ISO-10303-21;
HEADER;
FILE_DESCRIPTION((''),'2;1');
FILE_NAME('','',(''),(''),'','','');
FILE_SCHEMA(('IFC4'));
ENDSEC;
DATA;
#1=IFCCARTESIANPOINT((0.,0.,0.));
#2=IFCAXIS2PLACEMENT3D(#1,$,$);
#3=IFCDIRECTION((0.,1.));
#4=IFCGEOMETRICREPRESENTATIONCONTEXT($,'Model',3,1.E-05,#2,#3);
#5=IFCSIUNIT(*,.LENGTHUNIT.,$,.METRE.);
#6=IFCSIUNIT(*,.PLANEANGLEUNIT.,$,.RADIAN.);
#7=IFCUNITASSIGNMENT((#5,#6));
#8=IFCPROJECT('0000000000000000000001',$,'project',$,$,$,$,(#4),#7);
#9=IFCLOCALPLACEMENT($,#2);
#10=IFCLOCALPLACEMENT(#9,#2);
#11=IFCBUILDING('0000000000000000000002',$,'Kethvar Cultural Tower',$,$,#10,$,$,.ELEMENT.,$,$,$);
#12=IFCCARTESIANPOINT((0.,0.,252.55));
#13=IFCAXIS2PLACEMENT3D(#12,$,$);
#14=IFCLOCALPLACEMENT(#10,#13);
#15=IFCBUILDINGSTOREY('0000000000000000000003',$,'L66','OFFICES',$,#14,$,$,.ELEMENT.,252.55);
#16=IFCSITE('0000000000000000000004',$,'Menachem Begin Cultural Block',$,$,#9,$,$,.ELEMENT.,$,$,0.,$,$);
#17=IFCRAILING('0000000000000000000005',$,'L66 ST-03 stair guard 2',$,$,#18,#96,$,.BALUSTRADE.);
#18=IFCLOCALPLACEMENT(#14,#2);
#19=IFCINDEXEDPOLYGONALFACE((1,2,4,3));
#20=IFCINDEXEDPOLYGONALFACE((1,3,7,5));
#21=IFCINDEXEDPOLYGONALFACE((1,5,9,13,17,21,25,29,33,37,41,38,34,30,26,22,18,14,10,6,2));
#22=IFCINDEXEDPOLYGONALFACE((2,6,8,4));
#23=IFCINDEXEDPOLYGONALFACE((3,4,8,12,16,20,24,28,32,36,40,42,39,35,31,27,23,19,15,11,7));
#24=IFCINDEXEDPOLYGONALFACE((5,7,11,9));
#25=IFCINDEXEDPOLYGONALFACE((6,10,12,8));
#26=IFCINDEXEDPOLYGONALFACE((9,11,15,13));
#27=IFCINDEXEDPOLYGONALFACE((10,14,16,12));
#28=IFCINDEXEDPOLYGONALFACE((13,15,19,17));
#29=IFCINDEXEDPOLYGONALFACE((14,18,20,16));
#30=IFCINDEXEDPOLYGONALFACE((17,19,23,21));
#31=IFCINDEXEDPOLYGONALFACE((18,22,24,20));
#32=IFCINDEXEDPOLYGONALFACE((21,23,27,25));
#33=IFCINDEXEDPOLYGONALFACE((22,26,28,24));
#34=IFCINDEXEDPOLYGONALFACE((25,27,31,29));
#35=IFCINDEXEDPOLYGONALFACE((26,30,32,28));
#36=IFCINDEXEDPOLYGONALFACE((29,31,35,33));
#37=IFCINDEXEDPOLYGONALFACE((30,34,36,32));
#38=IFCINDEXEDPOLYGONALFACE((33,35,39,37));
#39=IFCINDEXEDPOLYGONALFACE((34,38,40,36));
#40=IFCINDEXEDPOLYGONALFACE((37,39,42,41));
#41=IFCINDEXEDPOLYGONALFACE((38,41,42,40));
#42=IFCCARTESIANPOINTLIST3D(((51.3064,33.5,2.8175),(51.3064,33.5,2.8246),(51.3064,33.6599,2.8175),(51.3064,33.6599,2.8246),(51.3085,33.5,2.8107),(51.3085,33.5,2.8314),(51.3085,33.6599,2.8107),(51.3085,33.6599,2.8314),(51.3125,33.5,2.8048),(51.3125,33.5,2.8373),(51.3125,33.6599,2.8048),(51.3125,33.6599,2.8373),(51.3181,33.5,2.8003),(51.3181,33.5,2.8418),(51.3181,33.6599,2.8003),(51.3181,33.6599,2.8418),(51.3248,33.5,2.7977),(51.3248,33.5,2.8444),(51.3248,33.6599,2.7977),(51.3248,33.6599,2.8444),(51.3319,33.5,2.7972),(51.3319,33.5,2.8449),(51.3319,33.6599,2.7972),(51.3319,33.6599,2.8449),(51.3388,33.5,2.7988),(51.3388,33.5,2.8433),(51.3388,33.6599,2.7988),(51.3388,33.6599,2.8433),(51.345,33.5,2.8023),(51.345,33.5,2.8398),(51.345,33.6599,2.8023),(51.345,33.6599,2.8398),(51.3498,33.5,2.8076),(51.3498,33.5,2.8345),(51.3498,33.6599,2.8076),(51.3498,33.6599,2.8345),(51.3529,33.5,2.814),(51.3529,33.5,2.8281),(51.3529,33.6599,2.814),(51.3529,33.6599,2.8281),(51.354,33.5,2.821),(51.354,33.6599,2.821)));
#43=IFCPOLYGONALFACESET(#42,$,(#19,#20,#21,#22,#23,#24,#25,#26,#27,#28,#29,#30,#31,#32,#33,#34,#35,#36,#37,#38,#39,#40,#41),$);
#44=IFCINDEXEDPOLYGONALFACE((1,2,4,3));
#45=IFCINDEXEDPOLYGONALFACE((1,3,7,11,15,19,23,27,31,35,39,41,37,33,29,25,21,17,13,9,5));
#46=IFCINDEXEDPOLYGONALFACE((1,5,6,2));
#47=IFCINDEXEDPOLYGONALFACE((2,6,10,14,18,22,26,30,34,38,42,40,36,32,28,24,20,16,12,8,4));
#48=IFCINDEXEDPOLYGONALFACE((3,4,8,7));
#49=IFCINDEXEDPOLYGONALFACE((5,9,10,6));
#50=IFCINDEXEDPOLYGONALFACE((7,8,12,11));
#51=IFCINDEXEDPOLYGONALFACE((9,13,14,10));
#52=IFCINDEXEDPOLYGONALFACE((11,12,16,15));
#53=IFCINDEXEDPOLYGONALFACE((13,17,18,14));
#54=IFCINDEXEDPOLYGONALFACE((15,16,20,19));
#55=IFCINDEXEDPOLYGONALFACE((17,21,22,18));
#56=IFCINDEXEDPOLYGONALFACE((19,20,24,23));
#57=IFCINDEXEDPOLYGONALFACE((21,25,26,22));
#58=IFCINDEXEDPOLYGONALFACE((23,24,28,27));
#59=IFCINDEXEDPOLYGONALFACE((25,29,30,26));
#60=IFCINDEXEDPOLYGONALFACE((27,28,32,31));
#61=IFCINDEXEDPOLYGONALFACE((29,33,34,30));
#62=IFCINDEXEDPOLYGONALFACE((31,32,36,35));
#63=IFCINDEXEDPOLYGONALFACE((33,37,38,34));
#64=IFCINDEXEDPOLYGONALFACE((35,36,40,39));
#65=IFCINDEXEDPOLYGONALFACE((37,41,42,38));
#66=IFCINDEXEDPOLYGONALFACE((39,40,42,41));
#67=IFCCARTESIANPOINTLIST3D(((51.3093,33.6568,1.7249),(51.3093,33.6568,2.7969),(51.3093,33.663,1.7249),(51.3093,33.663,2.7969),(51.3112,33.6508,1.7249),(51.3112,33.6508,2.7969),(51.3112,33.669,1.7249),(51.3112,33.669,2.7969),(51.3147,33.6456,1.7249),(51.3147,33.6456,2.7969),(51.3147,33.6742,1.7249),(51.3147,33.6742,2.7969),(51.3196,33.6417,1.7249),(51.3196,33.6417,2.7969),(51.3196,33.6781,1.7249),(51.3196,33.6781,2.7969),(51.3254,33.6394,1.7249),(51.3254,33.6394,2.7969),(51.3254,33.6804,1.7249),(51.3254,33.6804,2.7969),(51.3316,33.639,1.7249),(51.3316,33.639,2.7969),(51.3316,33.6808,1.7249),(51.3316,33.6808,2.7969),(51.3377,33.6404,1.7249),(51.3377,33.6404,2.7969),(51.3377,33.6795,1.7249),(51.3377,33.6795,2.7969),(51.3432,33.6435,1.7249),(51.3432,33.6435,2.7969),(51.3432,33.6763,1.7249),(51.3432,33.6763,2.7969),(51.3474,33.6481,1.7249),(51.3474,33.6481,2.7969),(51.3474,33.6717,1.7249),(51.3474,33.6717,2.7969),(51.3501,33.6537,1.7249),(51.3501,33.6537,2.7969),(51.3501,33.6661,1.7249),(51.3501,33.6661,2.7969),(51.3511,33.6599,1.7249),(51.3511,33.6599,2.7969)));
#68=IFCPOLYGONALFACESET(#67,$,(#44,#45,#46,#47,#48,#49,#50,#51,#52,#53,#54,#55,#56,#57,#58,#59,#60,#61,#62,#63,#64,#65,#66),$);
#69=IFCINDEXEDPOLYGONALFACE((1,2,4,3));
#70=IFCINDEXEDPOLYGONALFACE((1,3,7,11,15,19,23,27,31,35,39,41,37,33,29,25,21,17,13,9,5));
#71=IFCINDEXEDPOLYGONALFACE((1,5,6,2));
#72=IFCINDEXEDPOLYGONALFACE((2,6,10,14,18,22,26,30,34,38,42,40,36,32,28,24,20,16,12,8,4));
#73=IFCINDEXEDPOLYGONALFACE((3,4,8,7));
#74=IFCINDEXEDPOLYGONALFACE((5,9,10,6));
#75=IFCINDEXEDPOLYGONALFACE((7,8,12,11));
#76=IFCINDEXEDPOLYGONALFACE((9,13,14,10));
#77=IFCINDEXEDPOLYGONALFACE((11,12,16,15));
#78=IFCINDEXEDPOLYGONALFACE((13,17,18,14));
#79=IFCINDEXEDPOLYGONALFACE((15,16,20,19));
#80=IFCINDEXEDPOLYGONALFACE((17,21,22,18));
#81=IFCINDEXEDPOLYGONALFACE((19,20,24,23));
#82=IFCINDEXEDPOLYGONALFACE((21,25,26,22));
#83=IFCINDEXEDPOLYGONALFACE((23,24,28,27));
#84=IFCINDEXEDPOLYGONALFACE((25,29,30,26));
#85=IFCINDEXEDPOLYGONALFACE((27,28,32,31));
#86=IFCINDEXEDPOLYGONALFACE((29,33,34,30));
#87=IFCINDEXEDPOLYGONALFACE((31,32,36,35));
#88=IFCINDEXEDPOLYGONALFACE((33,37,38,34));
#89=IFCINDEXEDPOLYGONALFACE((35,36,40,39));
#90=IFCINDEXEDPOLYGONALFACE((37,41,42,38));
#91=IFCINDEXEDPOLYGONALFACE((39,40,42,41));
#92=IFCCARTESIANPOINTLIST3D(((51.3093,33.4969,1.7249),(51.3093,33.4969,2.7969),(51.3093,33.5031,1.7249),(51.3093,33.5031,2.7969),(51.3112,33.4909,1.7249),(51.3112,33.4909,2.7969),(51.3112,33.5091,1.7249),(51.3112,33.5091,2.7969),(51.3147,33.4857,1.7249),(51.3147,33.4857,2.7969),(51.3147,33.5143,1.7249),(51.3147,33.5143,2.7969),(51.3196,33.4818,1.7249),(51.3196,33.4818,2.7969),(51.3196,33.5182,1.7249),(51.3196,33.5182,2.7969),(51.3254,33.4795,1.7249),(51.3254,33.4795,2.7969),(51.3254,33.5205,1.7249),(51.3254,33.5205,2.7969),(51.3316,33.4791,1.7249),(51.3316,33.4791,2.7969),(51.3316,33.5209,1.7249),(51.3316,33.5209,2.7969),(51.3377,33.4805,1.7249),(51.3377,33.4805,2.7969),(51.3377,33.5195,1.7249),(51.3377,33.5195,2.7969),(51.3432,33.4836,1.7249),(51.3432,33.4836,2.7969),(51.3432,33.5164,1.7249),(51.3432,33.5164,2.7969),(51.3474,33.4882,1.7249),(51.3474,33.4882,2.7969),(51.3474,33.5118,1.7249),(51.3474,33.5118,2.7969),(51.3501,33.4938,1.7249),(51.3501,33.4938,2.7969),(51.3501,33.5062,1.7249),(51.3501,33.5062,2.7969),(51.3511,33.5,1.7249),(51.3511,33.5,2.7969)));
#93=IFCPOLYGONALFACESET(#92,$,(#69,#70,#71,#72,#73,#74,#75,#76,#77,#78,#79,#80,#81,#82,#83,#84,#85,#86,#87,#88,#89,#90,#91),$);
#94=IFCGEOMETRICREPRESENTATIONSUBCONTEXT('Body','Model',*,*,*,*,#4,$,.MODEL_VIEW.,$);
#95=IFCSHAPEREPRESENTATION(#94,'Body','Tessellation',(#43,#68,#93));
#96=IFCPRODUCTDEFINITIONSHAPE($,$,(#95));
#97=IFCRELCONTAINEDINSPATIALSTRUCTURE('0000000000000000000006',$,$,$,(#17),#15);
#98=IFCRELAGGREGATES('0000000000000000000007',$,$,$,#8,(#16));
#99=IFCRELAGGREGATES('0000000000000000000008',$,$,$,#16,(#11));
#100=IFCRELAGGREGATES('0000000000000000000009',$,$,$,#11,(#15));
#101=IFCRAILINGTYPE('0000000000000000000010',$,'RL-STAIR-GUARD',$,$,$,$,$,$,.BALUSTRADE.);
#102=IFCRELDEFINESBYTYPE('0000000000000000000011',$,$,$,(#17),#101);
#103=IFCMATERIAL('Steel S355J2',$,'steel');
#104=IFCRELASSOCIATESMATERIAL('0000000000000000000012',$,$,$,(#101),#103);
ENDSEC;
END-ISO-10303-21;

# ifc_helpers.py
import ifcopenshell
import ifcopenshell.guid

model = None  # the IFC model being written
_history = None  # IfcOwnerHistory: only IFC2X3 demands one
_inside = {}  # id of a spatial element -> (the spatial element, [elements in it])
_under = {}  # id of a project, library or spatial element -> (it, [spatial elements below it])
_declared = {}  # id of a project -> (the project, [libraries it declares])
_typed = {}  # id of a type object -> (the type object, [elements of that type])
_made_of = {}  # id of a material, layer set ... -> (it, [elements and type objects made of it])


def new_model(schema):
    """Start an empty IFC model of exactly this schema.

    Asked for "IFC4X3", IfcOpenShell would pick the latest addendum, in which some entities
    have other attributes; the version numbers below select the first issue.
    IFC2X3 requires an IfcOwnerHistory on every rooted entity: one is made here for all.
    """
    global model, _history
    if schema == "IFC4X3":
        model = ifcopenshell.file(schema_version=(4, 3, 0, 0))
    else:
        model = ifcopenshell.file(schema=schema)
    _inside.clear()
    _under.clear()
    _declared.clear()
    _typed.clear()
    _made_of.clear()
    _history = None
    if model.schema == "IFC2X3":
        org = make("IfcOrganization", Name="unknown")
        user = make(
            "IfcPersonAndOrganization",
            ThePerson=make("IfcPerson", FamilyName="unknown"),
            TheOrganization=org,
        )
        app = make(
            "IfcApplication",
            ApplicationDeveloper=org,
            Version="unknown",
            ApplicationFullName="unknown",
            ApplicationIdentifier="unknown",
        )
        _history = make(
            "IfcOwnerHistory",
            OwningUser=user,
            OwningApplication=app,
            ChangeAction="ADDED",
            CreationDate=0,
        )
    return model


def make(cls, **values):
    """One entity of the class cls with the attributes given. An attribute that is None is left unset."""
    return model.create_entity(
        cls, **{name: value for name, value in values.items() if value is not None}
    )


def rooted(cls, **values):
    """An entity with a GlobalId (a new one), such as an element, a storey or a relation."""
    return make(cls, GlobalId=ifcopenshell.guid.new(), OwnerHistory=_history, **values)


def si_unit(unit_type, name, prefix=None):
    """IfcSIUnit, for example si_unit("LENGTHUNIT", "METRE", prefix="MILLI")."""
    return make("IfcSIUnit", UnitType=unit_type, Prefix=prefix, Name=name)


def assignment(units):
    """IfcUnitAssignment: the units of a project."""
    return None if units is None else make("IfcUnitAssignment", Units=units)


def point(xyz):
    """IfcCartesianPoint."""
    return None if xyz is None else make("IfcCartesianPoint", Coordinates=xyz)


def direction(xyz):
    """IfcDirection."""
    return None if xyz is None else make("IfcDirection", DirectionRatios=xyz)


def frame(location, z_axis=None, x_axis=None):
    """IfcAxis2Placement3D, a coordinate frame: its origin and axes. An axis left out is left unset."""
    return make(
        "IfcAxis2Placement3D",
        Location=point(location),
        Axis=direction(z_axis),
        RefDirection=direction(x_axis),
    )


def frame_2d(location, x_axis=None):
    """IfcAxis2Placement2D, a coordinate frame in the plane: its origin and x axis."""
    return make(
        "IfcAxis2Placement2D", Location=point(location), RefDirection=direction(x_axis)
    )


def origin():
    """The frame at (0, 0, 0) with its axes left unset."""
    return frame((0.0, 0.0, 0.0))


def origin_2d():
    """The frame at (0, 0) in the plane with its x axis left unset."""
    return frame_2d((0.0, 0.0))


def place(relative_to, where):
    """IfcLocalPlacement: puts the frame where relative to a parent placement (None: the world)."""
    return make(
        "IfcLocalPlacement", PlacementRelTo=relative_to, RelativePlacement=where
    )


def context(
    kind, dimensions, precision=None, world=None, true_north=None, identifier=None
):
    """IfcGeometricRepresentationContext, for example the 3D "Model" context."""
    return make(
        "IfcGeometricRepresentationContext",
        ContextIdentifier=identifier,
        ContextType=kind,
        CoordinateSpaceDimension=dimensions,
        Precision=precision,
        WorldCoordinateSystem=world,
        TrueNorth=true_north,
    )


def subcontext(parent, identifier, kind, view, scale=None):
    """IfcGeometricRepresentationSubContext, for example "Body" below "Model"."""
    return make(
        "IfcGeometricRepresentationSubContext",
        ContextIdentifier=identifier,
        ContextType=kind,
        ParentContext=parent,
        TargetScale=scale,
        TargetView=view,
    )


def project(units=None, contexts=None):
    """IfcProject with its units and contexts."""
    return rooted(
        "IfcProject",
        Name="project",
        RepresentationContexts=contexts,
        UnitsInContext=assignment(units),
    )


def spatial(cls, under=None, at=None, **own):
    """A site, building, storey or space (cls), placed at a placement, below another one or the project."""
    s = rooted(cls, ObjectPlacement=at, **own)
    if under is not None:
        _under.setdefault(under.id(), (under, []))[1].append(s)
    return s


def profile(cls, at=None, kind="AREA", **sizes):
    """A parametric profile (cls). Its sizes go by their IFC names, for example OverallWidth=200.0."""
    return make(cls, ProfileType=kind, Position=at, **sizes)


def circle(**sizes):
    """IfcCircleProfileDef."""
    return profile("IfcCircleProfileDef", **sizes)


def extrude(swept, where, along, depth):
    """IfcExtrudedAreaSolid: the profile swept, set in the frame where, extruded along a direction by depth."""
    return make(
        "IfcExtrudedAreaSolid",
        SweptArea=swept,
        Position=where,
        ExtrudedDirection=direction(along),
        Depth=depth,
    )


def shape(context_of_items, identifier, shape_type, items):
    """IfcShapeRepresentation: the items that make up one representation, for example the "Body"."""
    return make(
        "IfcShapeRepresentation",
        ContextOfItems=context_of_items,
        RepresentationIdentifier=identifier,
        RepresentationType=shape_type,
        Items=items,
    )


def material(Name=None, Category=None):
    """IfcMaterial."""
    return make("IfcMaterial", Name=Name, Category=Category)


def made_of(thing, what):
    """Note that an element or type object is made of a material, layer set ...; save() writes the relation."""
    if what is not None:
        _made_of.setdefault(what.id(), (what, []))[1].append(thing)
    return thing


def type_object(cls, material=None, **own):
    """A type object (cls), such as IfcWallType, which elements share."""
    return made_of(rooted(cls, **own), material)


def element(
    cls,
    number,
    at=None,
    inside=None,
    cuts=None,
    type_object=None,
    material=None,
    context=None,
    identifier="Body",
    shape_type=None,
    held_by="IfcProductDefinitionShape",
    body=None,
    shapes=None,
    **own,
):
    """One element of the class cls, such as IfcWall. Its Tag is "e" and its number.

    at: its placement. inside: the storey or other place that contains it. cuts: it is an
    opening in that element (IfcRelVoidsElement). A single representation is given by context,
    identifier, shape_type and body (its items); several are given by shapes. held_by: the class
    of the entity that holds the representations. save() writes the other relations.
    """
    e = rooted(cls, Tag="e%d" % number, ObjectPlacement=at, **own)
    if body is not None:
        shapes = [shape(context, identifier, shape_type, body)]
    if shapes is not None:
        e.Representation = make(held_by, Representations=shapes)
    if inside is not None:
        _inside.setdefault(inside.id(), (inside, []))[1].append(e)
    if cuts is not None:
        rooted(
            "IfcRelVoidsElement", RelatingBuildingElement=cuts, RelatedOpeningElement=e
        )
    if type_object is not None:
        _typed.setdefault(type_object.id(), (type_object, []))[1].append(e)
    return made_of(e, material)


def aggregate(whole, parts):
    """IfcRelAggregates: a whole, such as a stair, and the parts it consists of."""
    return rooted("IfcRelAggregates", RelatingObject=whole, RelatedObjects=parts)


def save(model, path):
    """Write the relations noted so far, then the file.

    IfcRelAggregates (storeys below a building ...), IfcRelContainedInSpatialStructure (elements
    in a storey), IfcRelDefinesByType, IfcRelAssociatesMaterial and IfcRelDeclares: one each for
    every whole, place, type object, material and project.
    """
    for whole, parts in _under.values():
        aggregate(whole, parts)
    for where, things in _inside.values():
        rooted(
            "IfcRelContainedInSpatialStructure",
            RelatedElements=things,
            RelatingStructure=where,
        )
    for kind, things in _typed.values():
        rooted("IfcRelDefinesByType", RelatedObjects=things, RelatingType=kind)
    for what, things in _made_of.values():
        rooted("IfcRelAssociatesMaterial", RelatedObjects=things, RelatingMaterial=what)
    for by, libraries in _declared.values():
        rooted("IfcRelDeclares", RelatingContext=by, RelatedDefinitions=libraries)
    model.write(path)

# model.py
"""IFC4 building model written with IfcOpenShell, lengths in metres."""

from ifc_helpers import new_model, si_unit, direction, frame, origin, origin_2d, place, context, subcontext, project, spatial, circle, extrude, material, type_object, element, save


model = new_model("IFC4")

# Units and contexts
model_context = context("Model", 3, precision=1e-05, world=origin(), true_north=direction((0.0, 1.0)))
body_context = subcontext(model_context, "Body", "Model", "MODEL_VIEW")
ifc_project = project(units=[si_unit("LENGTHUNIT", "METRE"), si_unit("PLANEANGLEUNIT", "RADIAN")], contexts=[model_context])

# Site, building, storey
site_placement = place(None, origin())
site = spatial("IfcSite", under=ifc_project, at=site_placement, Name="Menachem Begin Cultural Block", CompositionType="ELEMENT", RefElevation=0.0)
building_placement = place(site_placement, origin())
building = spatial("IfcBuilding", under=site, at=building_placement, Name="Kethvar Cultural Tower", CompositionType="ELEMENT")
storey_placement = place(building_placement, frame((0.0, 0.0, 252.55)))
storey = spatial("IfcBuildingStorey", under=building, at=storey_placement, Name="L66", Description="OFFICES", CompositionType="ELEMENT", Elevation=252.55)

# Shared definitions
ifc_material_1 = material(Name="Steel S355J2", Category="steel")

# Railing
railing_type_1 = type_object("IfcRailingType", Name="RL-STAIR-GUARD", PredefinedType="BALUSTRADE", material=ifc_material_1)
railing_1_placement = place(storey_placement, frame((51.3301, 33.6599, 1.7249)))
element("IfcRailing", 1, at=railing_1_placement, inside=storey, type_object=railing_type_1, Name="L66 ST-03 stair guard 2", PredefinedType="BALUSTRADE", context=body_context, shape_type="SweptSolid", body=[
    extrude(circle(Radius=0.0239, at=origin_2d()), frame((0.0, 0.0, 1.0962), z_axis=(0.0, -1.0, 0.0), x_axis=(1.0, 0.0, 0.0)), (0.0, 0.0, 1.0), 0.1599),
    extrude(circle(Radius=0.021, at=origin_2d()), origin(), (0.0, 0.0, 1.0), 1.072),
    extrude(circle(Radius=0.021, at=origin_2d()), frame((0.0, -0.1599, 0.0)), (0.0, 0.0, 1.0), 1.072),
])

save(model, "model.ifc")
